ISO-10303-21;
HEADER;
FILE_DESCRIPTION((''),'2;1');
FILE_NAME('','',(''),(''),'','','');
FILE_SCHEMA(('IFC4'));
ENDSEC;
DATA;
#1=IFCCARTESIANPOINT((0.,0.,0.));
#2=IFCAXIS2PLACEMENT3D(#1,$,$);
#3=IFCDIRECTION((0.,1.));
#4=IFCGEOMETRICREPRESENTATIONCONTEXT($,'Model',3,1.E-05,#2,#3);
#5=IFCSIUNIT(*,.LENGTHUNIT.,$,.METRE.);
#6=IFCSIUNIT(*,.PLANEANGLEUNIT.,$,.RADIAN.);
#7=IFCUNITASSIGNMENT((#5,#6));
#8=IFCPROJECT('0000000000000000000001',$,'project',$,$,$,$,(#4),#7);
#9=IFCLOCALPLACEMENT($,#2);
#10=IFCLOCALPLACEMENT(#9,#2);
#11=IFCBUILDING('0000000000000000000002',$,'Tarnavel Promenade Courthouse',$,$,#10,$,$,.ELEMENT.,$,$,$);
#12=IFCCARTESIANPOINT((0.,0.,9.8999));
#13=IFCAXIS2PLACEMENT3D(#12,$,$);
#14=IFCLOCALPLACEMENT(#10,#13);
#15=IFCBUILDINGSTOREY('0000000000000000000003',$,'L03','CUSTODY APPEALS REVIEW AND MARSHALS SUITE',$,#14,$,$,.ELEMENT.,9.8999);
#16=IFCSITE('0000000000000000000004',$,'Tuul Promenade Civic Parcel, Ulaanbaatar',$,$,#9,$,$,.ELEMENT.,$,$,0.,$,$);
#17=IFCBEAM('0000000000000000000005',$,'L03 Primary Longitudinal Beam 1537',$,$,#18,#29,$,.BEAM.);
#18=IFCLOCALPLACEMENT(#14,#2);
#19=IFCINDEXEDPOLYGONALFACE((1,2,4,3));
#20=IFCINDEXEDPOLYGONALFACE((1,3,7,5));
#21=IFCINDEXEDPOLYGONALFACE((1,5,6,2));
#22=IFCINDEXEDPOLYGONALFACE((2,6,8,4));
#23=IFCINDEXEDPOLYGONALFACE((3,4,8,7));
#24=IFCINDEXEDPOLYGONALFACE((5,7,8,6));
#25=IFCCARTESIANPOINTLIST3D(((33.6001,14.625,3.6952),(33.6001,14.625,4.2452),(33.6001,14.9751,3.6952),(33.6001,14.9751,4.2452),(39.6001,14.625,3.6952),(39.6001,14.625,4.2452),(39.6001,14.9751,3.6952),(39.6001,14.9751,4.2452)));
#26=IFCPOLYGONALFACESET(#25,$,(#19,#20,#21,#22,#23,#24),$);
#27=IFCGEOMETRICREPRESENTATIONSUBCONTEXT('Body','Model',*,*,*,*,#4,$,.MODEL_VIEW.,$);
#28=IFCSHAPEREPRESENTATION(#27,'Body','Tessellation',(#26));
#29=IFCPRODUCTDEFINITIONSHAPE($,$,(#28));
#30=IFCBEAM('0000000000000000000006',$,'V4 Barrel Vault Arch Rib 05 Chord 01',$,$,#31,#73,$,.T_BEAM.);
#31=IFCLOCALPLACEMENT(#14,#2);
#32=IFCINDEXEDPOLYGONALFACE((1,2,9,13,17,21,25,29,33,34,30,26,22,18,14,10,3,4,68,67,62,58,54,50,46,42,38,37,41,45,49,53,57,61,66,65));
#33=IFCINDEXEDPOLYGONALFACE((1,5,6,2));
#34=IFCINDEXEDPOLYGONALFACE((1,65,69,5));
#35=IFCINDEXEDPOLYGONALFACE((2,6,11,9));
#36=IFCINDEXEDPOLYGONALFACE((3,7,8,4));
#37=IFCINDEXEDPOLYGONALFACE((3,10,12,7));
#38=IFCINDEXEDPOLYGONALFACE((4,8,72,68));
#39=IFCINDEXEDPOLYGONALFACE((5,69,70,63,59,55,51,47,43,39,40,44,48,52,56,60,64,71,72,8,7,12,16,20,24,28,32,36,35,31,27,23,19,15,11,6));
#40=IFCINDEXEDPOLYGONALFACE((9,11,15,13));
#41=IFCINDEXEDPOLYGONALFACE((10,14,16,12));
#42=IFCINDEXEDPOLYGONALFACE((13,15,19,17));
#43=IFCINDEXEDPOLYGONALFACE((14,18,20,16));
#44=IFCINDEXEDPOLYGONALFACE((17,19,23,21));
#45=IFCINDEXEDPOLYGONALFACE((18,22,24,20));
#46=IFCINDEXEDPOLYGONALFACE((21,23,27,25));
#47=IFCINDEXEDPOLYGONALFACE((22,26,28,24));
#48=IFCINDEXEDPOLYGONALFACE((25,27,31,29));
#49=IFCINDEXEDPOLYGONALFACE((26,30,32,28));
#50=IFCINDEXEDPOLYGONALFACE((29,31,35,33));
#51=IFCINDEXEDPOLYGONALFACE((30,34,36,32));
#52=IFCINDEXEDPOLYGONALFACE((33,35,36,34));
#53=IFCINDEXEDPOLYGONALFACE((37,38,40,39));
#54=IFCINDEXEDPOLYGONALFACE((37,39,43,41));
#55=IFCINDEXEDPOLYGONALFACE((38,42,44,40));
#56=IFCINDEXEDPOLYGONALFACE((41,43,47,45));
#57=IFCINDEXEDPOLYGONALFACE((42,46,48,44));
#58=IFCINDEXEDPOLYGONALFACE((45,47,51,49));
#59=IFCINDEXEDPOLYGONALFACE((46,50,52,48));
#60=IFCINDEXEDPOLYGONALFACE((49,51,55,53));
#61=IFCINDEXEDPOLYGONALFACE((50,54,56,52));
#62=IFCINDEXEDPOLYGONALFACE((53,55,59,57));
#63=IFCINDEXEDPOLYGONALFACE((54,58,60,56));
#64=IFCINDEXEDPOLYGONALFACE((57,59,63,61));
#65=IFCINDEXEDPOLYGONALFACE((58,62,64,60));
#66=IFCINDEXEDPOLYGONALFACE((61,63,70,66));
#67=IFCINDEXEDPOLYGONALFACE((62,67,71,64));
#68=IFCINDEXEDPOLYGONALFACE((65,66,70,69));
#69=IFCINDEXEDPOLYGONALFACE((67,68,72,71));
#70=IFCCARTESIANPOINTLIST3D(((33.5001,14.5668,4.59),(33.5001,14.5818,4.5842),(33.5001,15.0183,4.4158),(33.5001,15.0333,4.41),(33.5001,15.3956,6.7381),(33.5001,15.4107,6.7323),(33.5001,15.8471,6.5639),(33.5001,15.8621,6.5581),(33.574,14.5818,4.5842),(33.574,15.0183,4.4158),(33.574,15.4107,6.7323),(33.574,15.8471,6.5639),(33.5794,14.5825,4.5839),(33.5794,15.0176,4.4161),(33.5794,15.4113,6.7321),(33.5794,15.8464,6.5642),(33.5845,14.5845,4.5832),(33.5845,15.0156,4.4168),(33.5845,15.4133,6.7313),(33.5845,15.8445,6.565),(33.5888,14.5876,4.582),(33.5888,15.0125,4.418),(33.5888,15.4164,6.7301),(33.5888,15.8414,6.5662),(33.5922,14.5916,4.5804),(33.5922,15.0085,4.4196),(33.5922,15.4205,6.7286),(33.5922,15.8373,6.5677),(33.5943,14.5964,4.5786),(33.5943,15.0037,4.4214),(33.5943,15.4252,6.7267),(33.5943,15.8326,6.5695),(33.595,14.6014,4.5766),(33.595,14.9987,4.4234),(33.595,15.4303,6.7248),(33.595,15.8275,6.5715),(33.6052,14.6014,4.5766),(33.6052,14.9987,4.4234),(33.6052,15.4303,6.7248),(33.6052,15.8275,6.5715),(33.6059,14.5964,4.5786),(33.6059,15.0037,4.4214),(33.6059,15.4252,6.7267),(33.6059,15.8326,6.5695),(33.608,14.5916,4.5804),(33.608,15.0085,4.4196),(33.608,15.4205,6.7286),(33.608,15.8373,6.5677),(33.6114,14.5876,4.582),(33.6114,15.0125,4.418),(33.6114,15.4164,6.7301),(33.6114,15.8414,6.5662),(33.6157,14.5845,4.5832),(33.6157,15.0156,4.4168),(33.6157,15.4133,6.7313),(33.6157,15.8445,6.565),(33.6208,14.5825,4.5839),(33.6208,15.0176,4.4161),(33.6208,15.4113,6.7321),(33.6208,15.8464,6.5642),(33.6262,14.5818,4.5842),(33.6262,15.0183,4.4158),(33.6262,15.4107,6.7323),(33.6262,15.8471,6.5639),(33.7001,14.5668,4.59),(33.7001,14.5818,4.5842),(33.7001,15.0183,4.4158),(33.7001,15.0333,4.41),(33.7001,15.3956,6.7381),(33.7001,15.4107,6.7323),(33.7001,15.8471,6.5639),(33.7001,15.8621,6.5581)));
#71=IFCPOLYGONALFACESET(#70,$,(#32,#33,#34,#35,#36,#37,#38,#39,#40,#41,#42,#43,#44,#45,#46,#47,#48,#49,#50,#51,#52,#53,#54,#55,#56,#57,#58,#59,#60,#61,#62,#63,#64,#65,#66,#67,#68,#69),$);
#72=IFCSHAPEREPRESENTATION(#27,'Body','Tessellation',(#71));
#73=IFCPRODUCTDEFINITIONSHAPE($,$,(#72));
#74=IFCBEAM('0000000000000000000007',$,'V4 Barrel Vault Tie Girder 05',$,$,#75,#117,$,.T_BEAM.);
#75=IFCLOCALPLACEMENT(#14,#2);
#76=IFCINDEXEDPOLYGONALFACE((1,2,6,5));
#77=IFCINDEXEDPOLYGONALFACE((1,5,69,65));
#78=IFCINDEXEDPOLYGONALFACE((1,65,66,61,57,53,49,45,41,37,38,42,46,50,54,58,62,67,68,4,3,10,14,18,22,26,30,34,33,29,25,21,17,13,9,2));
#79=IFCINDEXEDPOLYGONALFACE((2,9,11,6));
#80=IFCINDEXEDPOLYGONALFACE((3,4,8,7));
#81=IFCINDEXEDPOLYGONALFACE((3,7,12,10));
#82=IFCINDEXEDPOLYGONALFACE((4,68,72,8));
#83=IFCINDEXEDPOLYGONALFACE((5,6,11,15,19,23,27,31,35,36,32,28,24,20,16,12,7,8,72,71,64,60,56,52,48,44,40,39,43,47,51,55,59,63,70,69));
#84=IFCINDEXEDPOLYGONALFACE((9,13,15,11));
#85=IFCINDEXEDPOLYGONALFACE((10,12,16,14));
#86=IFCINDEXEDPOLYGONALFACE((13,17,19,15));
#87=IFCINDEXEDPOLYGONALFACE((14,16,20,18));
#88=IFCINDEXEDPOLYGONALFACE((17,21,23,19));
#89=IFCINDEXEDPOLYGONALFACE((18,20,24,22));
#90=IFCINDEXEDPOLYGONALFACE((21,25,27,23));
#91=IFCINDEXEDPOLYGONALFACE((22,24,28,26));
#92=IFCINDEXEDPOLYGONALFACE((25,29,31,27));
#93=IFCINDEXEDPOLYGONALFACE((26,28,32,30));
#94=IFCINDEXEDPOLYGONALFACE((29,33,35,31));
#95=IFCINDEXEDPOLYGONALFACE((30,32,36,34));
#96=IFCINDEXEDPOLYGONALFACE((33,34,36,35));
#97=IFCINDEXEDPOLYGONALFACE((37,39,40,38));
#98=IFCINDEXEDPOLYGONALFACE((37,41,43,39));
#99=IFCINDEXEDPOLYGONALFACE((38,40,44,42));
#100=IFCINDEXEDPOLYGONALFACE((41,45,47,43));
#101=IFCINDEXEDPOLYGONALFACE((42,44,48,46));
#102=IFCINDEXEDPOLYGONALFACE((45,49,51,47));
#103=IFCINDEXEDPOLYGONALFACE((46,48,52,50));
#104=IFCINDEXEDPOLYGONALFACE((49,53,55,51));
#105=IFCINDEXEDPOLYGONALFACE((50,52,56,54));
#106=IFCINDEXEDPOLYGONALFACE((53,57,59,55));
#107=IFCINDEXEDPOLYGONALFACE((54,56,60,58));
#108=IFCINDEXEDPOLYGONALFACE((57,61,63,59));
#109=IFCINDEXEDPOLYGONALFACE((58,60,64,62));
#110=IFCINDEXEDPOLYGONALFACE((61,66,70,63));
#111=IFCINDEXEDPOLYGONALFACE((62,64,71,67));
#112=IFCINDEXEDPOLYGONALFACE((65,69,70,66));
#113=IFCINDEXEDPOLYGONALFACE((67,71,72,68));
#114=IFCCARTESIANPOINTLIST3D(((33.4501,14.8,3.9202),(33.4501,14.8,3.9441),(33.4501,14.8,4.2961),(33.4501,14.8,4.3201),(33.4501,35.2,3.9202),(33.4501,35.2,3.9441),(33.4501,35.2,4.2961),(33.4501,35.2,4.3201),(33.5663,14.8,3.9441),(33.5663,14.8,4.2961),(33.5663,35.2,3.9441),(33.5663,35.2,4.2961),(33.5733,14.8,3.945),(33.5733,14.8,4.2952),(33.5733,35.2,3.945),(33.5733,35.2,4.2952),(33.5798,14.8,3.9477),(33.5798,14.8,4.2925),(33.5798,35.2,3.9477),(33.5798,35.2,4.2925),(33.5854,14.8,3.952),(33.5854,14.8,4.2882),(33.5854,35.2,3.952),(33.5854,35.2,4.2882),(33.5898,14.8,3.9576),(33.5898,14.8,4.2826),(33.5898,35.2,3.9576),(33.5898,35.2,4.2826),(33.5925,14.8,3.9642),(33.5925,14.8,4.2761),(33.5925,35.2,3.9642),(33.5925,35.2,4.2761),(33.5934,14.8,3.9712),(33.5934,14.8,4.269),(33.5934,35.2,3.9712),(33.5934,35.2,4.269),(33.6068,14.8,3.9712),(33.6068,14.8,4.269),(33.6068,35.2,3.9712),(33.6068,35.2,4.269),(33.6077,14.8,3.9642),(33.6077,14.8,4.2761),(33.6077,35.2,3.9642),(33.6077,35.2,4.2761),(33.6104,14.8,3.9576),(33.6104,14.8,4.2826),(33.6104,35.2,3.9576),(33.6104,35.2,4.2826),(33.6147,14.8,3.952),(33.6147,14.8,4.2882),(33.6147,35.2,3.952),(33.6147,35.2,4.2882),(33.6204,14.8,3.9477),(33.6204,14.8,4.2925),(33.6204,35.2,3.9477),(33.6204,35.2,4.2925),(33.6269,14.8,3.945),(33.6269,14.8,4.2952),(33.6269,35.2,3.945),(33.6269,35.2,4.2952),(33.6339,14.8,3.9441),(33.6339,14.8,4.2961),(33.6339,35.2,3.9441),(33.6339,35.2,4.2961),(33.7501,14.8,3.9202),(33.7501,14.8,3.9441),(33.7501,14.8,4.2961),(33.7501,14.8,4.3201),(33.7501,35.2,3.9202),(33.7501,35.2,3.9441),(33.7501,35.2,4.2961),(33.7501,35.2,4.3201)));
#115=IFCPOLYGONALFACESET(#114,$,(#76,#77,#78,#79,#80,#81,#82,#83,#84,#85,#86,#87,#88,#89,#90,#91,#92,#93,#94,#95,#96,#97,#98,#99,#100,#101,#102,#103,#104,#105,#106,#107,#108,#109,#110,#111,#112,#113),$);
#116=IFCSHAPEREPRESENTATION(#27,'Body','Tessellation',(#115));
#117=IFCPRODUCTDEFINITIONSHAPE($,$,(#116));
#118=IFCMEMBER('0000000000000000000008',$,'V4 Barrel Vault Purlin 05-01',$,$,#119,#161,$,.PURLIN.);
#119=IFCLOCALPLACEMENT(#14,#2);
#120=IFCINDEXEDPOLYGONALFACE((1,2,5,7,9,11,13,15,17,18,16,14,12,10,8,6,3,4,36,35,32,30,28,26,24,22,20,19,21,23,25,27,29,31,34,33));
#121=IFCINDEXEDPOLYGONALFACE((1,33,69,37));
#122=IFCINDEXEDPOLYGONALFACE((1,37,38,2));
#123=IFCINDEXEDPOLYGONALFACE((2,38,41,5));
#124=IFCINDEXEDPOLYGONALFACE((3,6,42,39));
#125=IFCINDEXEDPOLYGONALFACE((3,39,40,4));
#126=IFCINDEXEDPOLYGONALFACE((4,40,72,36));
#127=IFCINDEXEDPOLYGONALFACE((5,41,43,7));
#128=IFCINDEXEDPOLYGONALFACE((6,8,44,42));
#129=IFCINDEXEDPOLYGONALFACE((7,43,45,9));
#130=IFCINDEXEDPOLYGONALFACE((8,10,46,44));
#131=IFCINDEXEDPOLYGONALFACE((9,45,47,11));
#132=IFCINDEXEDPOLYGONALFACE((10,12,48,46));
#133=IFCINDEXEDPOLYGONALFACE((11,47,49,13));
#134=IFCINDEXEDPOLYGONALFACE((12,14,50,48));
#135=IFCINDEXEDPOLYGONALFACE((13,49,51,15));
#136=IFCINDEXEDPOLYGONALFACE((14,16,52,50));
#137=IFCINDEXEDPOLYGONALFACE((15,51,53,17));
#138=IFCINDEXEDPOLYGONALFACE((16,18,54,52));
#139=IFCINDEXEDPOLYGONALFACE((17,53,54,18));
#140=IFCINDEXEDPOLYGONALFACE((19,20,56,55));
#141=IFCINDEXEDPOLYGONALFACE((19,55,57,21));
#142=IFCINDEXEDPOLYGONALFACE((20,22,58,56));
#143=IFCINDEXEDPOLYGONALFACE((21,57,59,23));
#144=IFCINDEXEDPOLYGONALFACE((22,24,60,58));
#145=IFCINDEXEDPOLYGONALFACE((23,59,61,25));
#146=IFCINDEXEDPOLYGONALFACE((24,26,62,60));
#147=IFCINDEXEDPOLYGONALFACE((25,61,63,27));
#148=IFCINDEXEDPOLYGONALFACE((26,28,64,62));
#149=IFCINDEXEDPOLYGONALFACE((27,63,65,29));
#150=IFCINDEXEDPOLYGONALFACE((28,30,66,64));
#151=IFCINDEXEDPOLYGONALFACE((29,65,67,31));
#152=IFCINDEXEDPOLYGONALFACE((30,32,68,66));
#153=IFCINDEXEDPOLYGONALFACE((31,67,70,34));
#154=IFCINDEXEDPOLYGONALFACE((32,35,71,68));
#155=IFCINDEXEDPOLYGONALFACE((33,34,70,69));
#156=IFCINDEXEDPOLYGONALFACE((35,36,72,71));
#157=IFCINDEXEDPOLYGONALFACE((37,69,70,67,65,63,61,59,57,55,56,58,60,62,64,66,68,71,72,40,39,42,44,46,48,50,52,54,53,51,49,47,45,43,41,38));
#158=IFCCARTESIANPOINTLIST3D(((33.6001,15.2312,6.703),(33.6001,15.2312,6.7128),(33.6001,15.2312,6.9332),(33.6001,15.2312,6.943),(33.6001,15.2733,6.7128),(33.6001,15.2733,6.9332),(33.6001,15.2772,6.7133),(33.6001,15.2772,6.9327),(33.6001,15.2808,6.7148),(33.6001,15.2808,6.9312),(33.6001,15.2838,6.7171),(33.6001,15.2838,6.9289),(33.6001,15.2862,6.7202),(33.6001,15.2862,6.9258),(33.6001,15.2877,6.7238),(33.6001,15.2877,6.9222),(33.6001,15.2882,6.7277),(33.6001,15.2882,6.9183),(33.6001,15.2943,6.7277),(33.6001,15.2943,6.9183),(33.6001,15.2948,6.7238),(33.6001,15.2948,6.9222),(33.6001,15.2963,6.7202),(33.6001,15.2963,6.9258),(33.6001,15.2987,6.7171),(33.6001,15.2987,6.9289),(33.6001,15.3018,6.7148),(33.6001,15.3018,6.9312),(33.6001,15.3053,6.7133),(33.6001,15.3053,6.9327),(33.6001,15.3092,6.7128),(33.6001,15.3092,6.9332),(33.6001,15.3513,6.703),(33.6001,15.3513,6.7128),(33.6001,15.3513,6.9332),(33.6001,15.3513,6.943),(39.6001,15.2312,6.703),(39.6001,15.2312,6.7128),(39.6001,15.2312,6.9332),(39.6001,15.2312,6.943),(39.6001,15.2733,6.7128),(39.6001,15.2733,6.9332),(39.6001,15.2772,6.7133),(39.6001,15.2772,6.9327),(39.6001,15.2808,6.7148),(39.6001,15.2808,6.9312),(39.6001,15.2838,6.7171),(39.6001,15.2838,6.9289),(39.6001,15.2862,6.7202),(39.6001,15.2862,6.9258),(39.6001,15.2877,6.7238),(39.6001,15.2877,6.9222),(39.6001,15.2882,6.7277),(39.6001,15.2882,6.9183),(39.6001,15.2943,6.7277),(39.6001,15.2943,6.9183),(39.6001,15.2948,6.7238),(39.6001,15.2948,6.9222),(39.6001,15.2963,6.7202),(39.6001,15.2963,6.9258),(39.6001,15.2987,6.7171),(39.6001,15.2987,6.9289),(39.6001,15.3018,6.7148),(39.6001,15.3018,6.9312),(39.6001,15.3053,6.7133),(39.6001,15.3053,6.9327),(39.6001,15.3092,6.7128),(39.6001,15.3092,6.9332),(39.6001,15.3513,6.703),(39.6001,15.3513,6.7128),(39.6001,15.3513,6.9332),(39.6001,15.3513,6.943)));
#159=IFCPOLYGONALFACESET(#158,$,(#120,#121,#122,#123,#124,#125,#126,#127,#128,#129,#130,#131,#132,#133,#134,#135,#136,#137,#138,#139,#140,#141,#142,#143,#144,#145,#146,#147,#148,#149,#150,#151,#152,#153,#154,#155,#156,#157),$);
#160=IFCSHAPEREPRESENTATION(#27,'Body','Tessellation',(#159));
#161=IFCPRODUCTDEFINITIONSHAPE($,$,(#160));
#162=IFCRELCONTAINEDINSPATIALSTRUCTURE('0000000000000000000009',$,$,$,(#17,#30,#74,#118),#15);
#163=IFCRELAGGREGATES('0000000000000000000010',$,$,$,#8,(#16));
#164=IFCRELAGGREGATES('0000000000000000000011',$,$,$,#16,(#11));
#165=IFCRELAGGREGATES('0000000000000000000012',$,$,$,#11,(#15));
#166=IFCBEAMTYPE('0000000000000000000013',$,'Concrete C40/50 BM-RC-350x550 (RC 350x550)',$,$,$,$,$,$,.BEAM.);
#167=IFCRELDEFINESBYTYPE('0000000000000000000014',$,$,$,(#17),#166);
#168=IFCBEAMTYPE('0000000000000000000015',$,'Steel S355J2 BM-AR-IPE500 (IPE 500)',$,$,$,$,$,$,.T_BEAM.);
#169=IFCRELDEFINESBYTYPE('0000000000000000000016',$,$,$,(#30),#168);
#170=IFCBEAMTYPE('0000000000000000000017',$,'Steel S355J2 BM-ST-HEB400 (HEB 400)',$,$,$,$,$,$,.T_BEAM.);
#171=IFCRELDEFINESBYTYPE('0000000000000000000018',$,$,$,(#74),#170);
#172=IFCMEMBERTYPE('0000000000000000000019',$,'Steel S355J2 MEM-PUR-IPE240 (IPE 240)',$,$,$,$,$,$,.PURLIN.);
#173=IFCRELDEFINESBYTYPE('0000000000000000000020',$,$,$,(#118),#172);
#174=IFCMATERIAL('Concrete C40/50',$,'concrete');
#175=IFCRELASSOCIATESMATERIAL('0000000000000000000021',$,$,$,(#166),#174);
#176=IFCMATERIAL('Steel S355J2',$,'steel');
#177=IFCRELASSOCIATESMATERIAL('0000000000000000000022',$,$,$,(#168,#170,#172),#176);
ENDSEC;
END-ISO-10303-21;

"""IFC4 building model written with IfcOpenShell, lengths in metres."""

from ifc_helpers import new_model, si_unit, direction, frame, origin, origin_2d, place, context, subcontext, project, spatial, rectangle, i_section, extrude, material, material_profile, profile_set, type_object, element, save


model = new_model("IFC4")

# Units and contexts
model_context = context("Model", 3, precision=1e-05, world=origin(), true_north=direction((0.0, 1.0)))
body_context = subcontext(model_context, "Body", "Model", "MODEL_VIEW")
ifc_project = project(units=[si_unit("LENGTHUNIT", "METRE"), si_unit("PLANEANGLEUNIT", "RADIAN")], contexts=[model_context])

# Site, building, storey
site_placement = place(None, origin())
site = spatial("IfcSite", under=ifc_project, at=site_placement, Name="Tuul Promenade Civic Parcel, Ulaanbaatar", CompositionType="ELEMENT", RefElevation=0.0)
building_placement = place(site_placement, origin())
building = spatial("IfcBuilding", under=site, at=building_placement, Name="Tarnavel Promenade Courthouse", CompositionType="ELEMENT")
storey_placement = place(building_placement, frame((0.0, 0.0, 9.8999)))
storey = spatial("IfcBuildingStorey", under=building, at=storey_placement, Name="L03", Description="CUSTODY APPEALS REVIEW AND MARSHALS SUITE", CompositionType="ELEMENT", Elevation=9.8999)

# Beams
ifc_material_1 = material(Name="Concrete C40/50", Category="concrete")
ifc_material_profile_1 = material_profile(ifc_material_1, rectangle(XDim=0.3501, YDim=0.55, at=origin_2d()), Name="RC 350x550")
ifc_profile_set_1 = profile_set([ifc_material_profile_1], Name="Concrete C40/50")
beam_type_1 = type_object("IfcBeamType", Name="Concrete C40/50 BM-RC-350x550 (RC 350x550)", PredefinedType="BEAM", material=ifc_profile_set_1)
beam_1_placement = place(storey_placement, frame((33.6001, 14.8, 3.9702), z_axis=(1.0, 0.0, 0.0), x_axis=(0.0, 1.0, 0.0)))
element("IfcBeam", 1, at=beam_1_placement, inside=storey, type_object=beam_type_1, Name="L03 Primary Longitudinal Beam 1537", PredefinedType="BEAM", context=body_context, shape_type="SweptSolid", body=[
    extrude(rectangle(XDim=0.3501, YDim=0.55, at=origin_2d()), origin(), (0.0, 0.0, 1.0), 6.0),
])
ifc_material_2 = material(Name="Steel S355J2", Category="steel")
ifc_material_profile_2 = material_profile(ifc_material_2, i_section(OverallWidth=0.2, OverallDepth=0.5, WebThickness=0.0103, FlangeThickness=0.0161, FilletRadius=0.021, at=origin_2d()), Name="IPE 500")
ifc_profile_set_2 = profile_set([ifc_material_profile_2], Name="Steel S355J2")
beam_type_2 = type_object("IfcBeamType", Name="Steel S355J2 BM-AR-IPE500 (IPE 500)", PredefinedType="T_BEAM", material=ifc_profile_set_2)
beam_2_placement = place(storey_placement, frame((33.6001, 14.8, 4.5), z_axis=(0.0, 0.359974, 0.932962), x_axis=(-1.0, 0.0, 0.0)))
element("IfcBeam", 2, at=beam_2_placement, inside=storey, type_object=beam_type_2, Name="V4 Barrel Vault Arch Rib 05 Chord 01", PredefinedType="T_BEAM", context=body_context, shape_type="SweptSolid", body=[
    extrude(i_section(OverallWidth=0.2, OverallDepth=0.5, WebThickness=0.0103, FlangeThickness=0.0161, FilletRadius=0.021, at=origin_2d()), origin(), (0.0, 0.0, 1.0), 2.3025),
])
ifc_material_profile_3 = material_profile(ifc_material_2, i_section(OverallWidth=0.3, OverallDepth=0.3999, WebThickness=0.0134, FlangeThickness=0.0239, FilletRadius=0.0271, at=origin_2d()), Name="HEB 400")
ifc_profile_set_3 = profile_set([ifc_material_profile_3], Name="Steel S355J2")
beam_type_3 = type_object("IfcBeamType", Name="Steel S355J2 BM-ST-HEB400 (HEB 400)", PredefinedType="T_BEAM", material=ifc_profile_set_3)
beam_3_placement = place(storey_placement, frame((33.6001, 14.8, 4.1201), z_axis=(0.0, 1.0, 0.0), x_axis=(-1.0, 0.0, 0.0)))
element("IfcBeam", 3, at=beam_3_placement, inside=storey, type_object=beam_type_3, Name="V4 Barrel Vault Tie Girder 05", PredefinedType="T_BEAM", context=body_context, shape_type="SweptSolid", body=[
    extrude(i_section(OverallWidth=0.3, OverallDepth=0.3999, WebThickness=0.0134, FlangeThickness=0.0239, FilletRadius=0.0271, at=origin_2d()), origin(), (0.0, 0.0, 1.0), 20.3999),
])

# Member
ifc_material_profile_4 = material_profile(ifc_material_2, i_section(OverallWidth=0.1201, OverallDepth=0.24, WebThickness=0.0061, FlangeThickness=0.0098, FilletRadius=0.0149, at=origin_2d()), Name="IPE 240")
ifc_profile_set_4 = profile_set([ifc_material_profile_4], Name="Steel S355J2")
member_type_1 = type_object("IfcMemberType", Name="Steel S355J2 MEM-PUR-IPE240 (IPE 240)", PredefinedType="PURLIN", material=ifc_profile_set_4)
member_1_placement = place(storey_placement, frame((33.6001, 15.2913, 6.823), z_axis=(1.0, 0.0, 0.0), x_axis=(0.0, 1.0, 0.0)))
element("IfcMember", 4, at=member_1_placement, inside=storey, type_object=member_type_1, Name="V4 Barrel Vault Purlin 05-01", PredefinedType="PURLIN", context=body_context, shape_type="SweptSolid", body=[
    extrude(i_section(OverallWidth=0.1201, OverallDepth=0.24, WebThickness=0.0061, FlangeThickness=0.0098, FilletRadius=0.0149, at=origin_2d()), origin(), (0.0, 0.0, 1.0), 6.0),
])

save(model, "model.ifc")
